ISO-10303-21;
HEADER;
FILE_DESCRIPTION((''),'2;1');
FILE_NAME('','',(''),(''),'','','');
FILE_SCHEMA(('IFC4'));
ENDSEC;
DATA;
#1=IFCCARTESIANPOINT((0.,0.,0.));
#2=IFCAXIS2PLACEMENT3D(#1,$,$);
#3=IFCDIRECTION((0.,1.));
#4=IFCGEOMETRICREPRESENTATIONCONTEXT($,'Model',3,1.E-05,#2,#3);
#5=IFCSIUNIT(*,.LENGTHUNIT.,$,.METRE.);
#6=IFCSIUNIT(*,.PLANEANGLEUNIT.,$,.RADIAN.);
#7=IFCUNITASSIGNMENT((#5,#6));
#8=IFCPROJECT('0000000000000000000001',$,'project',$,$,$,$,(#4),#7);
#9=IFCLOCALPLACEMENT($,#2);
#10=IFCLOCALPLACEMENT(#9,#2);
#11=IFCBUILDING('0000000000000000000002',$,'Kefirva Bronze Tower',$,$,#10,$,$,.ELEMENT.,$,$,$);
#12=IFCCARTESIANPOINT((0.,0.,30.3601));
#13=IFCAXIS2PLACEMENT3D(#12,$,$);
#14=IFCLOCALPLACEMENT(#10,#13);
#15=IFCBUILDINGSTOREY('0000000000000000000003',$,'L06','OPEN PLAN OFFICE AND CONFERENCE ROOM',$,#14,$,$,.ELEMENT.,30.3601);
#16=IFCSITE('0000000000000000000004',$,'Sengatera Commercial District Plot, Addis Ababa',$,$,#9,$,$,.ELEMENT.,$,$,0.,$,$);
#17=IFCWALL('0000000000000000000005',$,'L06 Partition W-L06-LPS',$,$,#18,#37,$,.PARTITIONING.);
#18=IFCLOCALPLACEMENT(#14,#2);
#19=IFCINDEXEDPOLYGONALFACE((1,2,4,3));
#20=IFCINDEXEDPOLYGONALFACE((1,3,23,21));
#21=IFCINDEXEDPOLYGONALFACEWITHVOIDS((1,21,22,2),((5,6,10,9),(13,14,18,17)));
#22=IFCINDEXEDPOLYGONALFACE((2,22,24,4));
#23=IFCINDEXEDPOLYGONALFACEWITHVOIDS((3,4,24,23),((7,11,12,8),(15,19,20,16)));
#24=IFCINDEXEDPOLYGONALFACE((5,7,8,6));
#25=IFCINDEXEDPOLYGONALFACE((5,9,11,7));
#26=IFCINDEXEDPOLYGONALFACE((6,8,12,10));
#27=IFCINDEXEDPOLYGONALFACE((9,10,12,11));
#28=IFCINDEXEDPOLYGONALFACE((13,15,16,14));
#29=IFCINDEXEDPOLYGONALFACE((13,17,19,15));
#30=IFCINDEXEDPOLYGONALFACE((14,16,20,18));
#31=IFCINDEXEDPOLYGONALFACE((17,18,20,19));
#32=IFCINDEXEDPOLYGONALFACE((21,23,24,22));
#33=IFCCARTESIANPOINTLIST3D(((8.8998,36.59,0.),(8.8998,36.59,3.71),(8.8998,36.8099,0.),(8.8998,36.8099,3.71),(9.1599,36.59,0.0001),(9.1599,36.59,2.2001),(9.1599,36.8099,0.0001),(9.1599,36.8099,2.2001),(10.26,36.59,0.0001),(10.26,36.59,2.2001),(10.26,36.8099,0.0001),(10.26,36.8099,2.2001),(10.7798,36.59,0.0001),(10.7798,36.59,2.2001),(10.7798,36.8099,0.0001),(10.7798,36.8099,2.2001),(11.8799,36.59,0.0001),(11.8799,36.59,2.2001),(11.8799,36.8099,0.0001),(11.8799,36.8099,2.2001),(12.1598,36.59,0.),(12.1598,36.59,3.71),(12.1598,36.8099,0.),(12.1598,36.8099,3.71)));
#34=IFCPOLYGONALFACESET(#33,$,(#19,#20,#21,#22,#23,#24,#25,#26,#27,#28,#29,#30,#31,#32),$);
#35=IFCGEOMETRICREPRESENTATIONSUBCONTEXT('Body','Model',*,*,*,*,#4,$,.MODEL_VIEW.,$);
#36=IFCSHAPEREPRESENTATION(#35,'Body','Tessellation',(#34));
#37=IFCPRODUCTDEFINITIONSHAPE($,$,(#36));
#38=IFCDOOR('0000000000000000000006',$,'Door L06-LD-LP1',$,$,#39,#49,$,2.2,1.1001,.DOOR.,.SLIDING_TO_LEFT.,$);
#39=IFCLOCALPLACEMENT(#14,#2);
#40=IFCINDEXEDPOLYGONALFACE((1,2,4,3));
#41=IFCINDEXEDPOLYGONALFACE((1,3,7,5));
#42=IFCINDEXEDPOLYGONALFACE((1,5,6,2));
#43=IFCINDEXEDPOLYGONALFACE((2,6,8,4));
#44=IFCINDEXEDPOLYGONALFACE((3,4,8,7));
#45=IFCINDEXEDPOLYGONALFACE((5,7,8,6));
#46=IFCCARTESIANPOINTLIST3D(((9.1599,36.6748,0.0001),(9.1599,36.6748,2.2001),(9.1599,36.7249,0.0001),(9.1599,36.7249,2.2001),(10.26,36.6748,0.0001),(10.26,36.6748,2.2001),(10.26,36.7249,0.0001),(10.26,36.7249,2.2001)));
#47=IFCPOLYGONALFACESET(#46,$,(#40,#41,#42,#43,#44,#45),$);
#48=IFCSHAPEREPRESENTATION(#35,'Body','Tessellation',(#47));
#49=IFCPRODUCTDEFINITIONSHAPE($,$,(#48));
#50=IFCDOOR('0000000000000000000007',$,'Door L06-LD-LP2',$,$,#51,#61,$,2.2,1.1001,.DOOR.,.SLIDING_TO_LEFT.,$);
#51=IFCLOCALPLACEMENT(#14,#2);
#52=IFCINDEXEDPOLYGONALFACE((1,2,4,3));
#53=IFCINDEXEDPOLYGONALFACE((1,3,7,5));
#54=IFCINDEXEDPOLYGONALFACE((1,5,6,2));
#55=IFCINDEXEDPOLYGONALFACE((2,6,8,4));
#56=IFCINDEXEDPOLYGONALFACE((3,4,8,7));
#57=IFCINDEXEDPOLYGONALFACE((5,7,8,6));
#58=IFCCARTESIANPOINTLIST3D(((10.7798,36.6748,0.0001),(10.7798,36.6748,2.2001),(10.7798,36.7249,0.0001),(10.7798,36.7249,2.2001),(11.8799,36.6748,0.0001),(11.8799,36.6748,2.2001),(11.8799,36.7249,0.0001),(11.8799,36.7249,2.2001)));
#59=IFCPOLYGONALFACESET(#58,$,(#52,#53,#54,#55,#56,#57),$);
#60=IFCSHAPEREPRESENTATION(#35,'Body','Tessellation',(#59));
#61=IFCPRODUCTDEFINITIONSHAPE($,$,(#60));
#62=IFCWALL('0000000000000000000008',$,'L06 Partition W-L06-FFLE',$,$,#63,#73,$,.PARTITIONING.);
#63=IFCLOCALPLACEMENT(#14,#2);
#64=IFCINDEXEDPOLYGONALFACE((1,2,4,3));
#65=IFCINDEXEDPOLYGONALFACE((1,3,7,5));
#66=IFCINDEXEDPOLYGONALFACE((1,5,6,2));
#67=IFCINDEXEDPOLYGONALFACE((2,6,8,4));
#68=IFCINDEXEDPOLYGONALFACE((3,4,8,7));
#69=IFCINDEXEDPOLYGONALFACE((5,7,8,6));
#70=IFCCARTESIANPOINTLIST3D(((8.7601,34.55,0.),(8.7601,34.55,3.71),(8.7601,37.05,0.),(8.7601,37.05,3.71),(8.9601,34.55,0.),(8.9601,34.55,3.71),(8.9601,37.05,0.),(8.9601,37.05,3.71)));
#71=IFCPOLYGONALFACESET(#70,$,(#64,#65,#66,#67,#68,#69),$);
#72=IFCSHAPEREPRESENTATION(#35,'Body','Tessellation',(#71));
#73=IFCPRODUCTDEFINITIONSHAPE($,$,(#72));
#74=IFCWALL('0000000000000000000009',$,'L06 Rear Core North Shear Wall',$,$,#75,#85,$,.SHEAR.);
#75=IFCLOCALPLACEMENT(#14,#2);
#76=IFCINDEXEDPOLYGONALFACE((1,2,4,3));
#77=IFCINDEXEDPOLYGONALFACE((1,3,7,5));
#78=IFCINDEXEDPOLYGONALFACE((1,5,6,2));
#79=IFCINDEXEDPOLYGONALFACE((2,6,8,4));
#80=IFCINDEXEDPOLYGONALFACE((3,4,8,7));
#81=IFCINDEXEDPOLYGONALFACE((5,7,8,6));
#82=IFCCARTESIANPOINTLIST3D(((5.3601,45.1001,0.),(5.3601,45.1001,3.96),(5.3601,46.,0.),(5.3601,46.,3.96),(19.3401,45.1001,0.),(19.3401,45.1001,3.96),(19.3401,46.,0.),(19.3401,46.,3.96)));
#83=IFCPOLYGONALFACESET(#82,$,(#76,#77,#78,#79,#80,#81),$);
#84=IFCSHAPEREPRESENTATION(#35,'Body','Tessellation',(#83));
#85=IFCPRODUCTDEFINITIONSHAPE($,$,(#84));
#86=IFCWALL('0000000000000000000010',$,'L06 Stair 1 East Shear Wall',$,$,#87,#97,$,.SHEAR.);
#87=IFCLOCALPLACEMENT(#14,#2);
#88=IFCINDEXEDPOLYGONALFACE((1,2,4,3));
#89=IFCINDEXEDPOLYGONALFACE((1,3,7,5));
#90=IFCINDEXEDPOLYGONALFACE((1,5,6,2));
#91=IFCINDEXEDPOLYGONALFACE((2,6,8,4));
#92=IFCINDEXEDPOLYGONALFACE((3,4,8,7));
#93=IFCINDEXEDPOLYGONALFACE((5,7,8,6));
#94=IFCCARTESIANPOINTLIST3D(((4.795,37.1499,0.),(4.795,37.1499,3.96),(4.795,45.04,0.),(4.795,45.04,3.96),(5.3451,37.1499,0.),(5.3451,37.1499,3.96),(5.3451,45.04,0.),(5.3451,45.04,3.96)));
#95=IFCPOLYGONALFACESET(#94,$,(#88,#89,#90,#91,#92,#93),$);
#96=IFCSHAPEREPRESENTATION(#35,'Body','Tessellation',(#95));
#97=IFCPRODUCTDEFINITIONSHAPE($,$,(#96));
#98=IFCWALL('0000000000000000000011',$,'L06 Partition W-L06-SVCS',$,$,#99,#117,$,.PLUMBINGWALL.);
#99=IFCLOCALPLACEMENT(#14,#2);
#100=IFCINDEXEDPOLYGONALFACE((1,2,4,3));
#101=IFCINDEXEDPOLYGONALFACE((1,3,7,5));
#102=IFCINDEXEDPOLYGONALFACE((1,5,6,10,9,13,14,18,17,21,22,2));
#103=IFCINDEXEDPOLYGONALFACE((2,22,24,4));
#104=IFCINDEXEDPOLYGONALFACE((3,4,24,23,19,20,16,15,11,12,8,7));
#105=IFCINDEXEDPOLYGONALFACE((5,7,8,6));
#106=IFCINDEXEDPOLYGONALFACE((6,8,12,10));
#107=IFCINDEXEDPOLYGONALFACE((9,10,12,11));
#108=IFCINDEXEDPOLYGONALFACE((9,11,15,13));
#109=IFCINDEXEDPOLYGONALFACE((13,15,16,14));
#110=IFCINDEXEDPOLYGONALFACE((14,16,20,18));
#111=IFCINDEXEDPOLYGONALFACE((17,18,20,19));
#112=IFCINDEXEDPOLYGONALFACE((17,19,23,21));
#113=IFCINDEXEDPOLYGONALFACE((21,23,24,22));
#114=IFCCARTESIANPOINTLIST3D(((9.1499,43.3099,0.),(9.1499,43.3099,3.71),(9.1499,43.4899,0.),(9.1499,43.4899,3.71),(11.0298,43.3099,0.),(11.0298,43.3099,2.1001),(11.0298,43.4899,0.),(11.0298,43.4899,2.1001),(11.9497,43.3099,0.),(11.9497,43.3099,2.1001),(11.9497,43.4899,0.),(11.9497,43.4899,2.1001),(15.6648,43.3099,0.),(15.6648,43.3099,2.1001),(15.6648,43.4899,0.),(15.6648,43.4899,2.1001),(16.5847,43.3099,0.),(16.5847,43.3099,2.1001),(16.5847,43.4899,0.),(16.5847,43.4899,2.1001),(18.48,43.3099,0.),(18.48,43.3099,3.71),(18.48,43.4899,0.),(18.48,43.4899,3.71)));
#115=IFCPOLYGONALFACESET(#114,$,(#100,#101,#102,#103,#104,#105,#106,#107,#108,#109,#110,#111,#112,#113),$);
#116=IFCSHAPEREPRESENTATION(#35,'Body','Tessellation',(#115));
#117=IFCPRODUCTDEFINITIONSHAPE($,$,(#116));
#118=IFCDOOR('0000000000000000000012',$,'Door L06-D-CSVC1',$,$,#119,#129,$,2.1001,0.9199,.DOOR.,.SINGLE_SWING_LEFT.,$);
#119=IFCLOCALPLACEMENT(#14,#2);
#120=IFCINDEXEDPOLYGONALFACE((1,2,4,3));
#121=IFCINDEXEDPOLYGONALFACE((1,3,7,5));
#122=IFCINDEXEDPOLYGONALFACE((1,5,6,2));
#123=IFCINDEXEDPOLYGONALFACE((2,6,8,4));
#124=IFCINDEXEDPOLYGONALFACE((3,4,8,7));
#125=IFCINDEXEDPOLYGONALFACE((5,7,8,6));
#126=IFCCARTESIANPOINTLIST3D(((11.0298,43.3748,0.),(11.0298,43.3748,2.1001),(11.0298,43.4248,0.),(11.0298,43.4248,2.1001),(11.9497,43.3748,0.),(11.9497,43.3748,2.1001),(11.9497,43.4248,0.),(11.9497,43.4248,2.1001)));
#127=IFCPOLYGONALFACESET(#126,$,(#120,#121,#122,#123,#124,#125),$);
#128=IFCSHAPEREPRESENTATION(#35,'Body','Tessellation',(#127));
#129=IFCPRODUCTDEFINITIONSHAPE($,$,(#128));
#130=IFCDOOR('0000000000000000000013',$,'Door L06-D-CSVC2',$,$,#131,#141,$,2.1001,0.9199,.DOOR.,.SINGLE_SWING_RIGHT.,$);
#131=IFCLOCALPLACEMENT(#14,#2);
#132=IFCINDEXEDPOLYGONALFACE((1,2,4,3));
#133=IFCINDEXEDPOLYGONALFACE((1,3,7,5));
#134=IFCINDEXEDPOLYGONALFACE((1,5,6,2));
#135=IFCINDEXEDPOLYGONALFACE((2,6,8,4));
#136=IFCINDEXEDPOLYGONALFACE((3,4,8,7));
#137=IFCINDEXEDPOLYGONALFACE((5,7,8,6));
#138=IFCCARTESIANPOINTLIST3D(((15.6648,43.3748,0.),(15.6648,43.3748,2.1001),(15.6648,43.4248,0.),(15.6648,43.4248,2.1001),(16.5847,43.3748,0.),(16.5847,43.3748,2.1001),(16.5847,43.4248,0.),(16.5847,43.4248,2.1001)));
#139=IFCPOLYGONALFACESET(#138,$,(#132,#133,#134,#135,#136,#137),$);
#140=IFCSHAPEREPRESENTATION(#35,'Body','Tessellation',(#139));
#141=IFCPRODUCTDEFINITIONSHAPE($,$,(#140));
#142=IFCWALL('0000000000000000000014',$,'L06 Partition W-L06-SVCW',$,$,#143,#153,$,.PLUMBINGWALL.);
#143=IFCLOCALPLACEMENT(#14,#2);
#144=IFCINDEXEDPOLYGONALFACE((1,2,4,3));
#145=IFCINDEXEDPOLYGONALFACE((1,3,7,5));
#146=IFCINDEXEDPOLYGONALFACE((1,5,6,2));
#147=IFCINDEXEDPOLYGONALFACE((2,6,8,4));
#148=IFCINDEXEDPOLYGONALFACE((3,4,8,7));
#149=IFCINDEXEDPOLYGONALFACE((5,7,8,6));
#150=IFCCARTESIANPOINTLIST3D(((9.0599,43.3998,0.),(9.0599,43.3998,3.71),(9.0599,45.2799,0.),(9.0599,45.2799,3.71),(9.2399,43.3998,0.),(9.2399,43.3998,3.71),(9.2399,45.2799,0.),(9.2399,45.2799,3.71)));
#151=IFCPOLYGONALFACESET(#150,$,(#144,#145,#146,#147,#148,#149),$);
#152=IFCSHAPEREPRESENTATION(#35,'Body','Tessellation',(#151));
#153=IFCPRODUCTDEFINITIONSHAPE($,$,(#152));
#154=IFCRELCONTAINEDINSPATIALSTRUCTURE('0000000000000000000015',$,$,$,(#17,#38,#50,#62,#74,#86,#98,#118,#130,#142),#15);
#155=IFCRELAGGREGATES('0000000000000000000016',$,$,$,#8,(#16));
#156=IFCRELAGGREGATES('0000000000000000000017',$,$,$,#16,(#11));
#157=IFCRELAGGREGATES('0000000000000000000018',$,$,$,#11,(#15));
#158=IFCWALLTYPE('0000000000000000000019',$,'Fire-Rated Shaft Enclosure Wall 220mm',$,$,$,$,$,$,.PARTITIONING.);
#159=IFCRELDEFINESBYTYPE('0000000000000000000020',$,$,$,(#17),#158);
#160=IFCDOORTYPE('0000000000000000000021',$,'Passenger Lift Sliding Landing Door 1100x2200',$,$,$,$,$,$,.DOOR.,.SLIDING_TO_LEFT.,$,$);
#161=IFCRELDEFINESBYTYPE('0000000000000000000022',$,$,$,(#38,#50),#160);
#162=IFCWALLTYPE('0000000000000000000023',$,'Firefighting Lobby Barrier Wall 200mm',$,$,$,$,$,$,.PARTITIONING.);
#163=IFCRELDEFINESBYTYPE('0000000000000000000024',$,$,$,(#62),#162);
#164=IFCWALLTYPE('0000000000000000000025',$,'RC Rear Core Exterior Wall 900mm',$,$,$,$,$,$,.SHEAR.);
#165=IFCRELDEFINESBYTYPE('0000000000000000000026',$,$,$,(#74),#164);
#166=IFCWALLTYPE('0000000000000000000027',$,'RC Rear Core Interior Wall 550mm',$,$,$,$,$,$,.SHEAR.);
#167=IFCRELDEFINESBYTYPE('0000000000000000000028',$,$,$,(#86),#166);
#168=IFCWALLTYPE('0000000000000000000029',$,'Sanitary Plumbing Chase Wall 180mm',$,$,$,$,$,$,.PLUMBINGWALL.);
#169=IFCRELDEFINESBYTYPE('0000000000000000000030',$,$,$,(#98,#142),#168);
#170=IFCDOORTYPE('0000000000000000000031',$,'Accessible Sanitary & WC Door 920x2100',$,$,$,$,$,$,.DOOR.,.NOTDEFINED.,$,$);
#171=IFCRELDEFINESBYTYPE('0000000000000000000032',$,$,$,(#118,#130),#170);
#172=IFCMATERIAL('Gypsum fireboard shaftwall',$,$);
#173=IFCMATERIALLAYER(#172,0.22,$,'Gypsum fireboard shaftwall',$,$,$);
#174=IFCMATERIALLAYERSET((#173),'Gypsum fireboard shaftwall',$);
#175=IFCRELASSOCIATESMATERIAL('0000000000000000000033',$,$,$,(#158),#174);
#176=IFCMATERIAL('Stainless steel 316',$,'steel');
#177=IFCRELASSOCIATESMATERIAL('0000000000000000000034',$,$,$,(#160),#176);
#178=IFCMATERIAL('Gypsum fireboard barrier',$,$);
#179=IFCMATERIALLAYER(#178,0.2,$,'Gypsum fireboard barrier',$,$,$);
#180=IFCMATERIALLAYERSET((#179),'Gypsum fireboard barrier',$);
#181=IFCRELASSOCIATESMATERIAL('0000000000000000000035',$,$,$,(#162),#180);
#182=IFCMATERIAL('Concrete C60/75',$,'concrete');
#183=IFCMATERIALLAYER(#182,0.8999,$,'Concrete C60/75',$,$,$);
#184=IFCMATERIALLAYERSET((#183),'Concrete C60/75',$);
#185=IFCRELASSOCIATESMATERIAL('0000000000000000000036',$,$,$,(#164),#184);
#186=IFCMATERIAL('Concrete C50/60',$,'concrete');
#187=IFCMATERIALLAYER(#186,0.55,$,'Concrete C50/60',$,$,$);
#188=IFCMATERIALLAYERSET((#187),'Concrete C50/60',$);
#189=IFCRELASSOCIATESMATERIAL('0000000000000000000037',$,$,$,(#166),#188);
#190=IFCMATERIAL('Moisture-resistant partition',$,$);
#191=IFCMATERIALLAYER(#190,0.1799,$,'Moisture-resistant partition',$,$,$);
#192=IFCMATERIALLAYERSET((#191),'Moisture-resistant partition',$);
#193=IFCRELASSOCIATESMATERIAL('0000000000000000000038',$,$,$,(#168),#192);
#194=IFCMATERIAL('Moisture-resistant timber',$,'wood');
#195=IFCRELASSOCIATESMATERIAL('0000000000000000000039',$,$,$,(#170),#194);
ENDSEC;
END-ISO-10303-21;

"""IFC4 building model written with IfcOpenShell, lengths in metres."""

from ifc_helpers import new_model, si_unit, direction, frame, frame_2d, origin, place, context, subcontext, project, spatial, rectangle, extrude, material, layer, layer_set, type_object, element, fill, save


model = new_model("IFC4")

# Units and contexts
model_context = context("Model", 3, precision=1e-05, world=origin(), true_north=direction((0.0, 1.0)))
body_context = subcontext(model_context, "Body", "Model", "MODEL_VIEW")
ifc_project = project(units=[si_unit("LENGTHUNIT", "METRE"), si_unit("PLANEANGLEUNIT", "RADIAN")], contexts=[model_context])

# Site, building, storey
site_placement = place(None, origin())
site = spatial("IfcSite", under=ifc_project, at=site_placement, Name="Sengatera Commercial District Plot, Addis Ababa", CompositionType="ELEMENT", RefElevation=0.0)
building_placement = place(site_placement, origin())
building = spatial("IfcBuilding", under=site, at=building_placement, Name="Kefirva Bronze Tower", CompositionType="ELEMENT")
storey_placement = place(building_placement, frame((0.0, 0.0, 30.3601)))
storey = spatial("IfcBuildingStorey", under=building, at=storey_placement, Name="L06", Description="OPEN PLAN OFFICE AND CONFERENCE ROOM", CompositionType="ELEMENT", Elevation=30.3601)

# Shared definitions
ifc_material_1 = material(Name="Gypsum fireboard shaftwall")
ifc_layer_1 = layer(ifc_material_1, 0.22, Name="Gypsum fireboard shaftwall")
ifc_layer_set_1 = layer_set([ifc_layer_1], Name="Gypsum fireboard shaftwall")
wall_type_1 = type_object("IfcWallType", Name="Fire-Rated Shaft Enclosure Wall 220mm", PredefinedType="PARTITIONING", material=ifc_layer_set_1)
ifc_material_2 = material(Name="Stainless steel 316", Category="steel")

# Wall, openings, doors
wall_1_placement = place(storey_placement, frame((8.8999, 36.7, 0.0), z_axis=(0.0, 0.0, 1.0), x_axis=(1.0, 0.0, 0.0)))
wall_1 = element("IfcWall", 1, at=wall_1_placement, inside=storey, type_object=wall_type_1, Name="L06 Partition W-L06-LPS", PredefinedType="PARTITIONING", context=body_context, shape_type="SweptSolid", body=[
    extrude(rectangle(XDim=3.26, YDim=0.22, at=frame_2d((1.6299, 0.0))), origin(), (0.0, 0.0, 1.0), 3.71),
])
opening_1_placement = place(wall_1_placement, frame((0.26, 0.0, 0.0)))
opening_1 = element("IfcOpeningElement", 2, at=opening_1_placement, cuts=wall_1, PredefinedType="OPENING", context=body_context, shape_type="SweptSolid", body=[
    extrude(rectangle(XDim=1.1001, YDim=2.2, at=frame_2d((0.55, 1.1001))), frame((0.0, 0.1201, 0.0), z_axis=(0.0, -1.0, 0.0), x_axis=(1.0, 0.0, 0.0)), (0.0, 0.0, 1.0), 0.24),
])
opening_2_placement = place(wall_1_placement, frame((1.8799, 0.0, 0.0)))
opening_2 = element("IfcOpeningElement", 3, at=opening_2_placement, cuts=wall_1, PredefinedType="OPENING", context=body_context, shape_type="SweptSolid", body=[
    extrude(rectangle(XDim=1.1001, YDim=2.2, at=frame_2d((0.55, 1.1001))), frame((0.0, 0.1201, 0.0), z_axis=(0.0, -1.0, 0.0), x_axis=(1.0, 0.0, 0.0)), (0.0, 0.0, 1.0), 0.24),
])
door_type_1 = type_object("IfcDoorType", Name="Passenger Lift Sliding Landing Door 1100x2200", OperationType="SLIDING_TO_LEFT", PredefinedType="DOOR", material=ifc_material_2)
door_1_placement = place(opening_1_placement, origin())
door_1 = element("IfcDoor", 4, at=door_1_placement, inside=storey, type_object=door_type_1, Name="Door L06-LD-LP1", OperationType="SLIDING_TO_LEFT", OverallHeight=2.2, OverallWidth=1.1001, PredefinedType="DOOR", context=body_context, shape_type="SweptSolid", body=[
    extrude(rectangle(XDim=1.1001, YDim=2.2, at=frame_2d((0.55, 1.1001))), frame((0.0, 0.0249, 0.0), z_axis=(0.0, -1.0, 0.0), x_axis=(1.0, 0.0, 0.0)), (0.0, 0.0, 1.0), 0.05),
])
fill(opening_1, door_1)
door_2_placement = place(opening_2_placement, origin())
door_2 = element("IfcDoor", 5, at=door_2_placement, inside=storey, type_object=door_type_1, Name="Door L06-LD-LP2", OperationType="SLIDING_TO_LEFT", OverallHeight=2.2, OverallWidth=1.1001, PredefinedType="DOOR", context=body_context, shape_type="SweptSolid", body=[
    extrude(rectangle(XDim=1.1001, YDim=2.2, at=frame_2d((0.55, 1.1001))), frame((0.0, 0.0249, 0.0), z_axis=(0.0, -1.0, 0.0), x_axis=(1.0, 0.0, 0.0)), (0.0, 0.0, 1.0), 0.05),
])
fill(opening_2, door_2)

# Walls
ifc_material_3 = material(Name="Gypsum fireboard barrier")
ifc_layer_2 = layer(ifc_material_3, 0.2, Name="Gypsum fireboard barrier")
ifc_layer_set_2 = layer_set([ifc_layer_2], Name="Gypsum fireboard barrier")
wall_type_2 = type_object("IfcWallType", Name="Firefighting Lobby Barrier Wall 200mm", PredefinedType="PARTITIONING", material=ifc_layer_set_2)
wall_2_placement = place(storey_placement, frame((8.8601, 34.55, 0.0), z_axis=(0.0, 0.0, 1.0), x_axis=(0.0, 1.0, 0.0)))
element("IfcWall", 6, at=wall_2_placement, inside=storey, type_object=wall_type_2, Name="L06 Partition W-L06-FFLE", PredefinedType="PARTITIONING", context=body_context, shape_type="SweptSolid", body=[
    extrude(rectangle(XDim=2.5, YDim=0.2, at=frame_2d((1.25, 0.0))), origin(), (0.0, 0.0, 1.0), 3.71),
])
ifc_material_4 = material(Name="Concrete C60/75", Category="concrete")
ifc_layer_3 = layer(ifc_material_4, 0.8999, Name="Concrete C60/75")
ifc_layer_set_3 = layer_set([ifc_layer_3], Name="Concrete C60/75")
wall_type_3 = type_object("IfcWallType", Name="RC Rear Core Exterior Wall 900mm", PredefinedType="SHEAR", material=ifc_layer_set_3)
wall_3_placement = place(storey_placement, frame((5.3601, 45.55, 0.0), z_axis=(0.0, 0.0, 1.0), x_axis=(1.0, 0.0, 0.0)))
element("IfcWall", 7, at=wall_3_placement, inside=storey, type_object=wall_type_3, Name="L06 Rear Core North Shear Wall", PredefinedType="SHEAR", context=body_context, shape_type="SweptSolid", body=[
    extrude(rectangle(XDim=13.98, YDim=0.8999, at=frame_2d((6.99, 0.0))), origin(), (0.0, 0.0, 1.0), 3.96),
])
ifc_material_5 = material(Name="Concrete C50/60", Category="concrete")
ifc_layer_4 = layer(ifc_material_5, 0.55, Name="Concrete C50/60")
ifc_layer_set_4 = layer_set([ifc_layer_4], Name="Concrete C50/60")
wall_type_4 = type_object("IfcWallType", Name="RC Rear Core Interior Wall 550mm", PredefinedType="SHEAR", material=ifc_layer_set_4)
wall_4_placement = place(storey_placement, frame((5.0701, 37.1499, 0.0), z_axis=(0.0, 0.0, 1.0), x_axis=(0.0, 1.0, 0.0)))
element("IfcWall", 8, at=wall_4_placement, inside=storey, type_object=wall_type_4, Name="L06 Stair 1 East Shear Wall", PredefinedType="SHEAR", context=body_context, shape_type="SweptSolid", body=[
    extrude(rectangle(XDim=7.8901, YDim=0.55, at=frame_2d((3.9451, 0.0))), origin(), (0.0, 0.0, 1.0), 3.96),
])

# Wall, openings, doors
ifc_material_6 = material(Name="Moisture-resistant partition")
ifc_layer_5 = layer(ifc_material_6, 0.1799, Name="Moisture-resistant partition")
ifc_layer_set_5 = layer_set([ifc_layer_5], Name="Moisture-resistant partition")
wall_type_5 = type_object("IfcWallType", Name="Sanitary Plumbing Chase Wall 180mm", PredefinedType="PLUMBINGWALL", material=ifc_layer_set_5)
wall_5_placement = place(storey_placement, frame((9.1499, 43.3999, 0.0), z_axis=(0.0, 0.0, 1.0), x_axis=(1.0, 0.0, 0.0)))
wall_5 = element("IfcWall", 9, at=wall_5_placement, inside=storey, type_object=wall_type_5, Name="L06 Partition W-L06-SVCS", PredefinedType="PLUMBINGWALL", context=body_context, shape_type="SweptSolid", body=[
    extrude(rectangle(XDim=9.3301, YDim=0.1799, at=frame_2d((4.665, 0.0))), origin(), (0.0, 0.0, 1.0), 3.71),
])
opening_3_placement = place(wall_5_placement, frame((1.8799, 0.0, 0.0)))
opening_3 = element("IfcOpeningElement", 10, at=opening_3_placement, cuts=wall_5, PredefinedType="OPENING", context=body_context, shape_type="SweptSolid", body=[
    extrude(rectangle(XDim=0.9199, YDim=2.1001, at=frame_2d((0.46, 1.05))), frame((0.0, 0.1001, 0.0), z_axis=(0.0, -1.0, 0.0), x_axis=(1.0, 0.0, 0.0)), (0.0, 0.0, 1.0), 0.2),
])
opening_4_placement = place(wall_5_placement, frame((6.5149, 0.0, 0.0)))
opening_4 = element("IfcOpeningElement", 11, at=opening_4_placement, cuts=wall_5, PredefinedType="OPENING", context=body_context, shape_type="SweptSolid", body=[
    extrude(rectangle(XDim=0.9199, YDim=2.1001, at=frame_2d((0.46, 1.05))), frame((0.0, 0.1001, 0.0), z_axis=(0.0, -1.0, 0.0), x_axis=(1.0, 0.0, 0.0)), (0.0, 0.0, 1.0), 0.2),
])
ifc_material_7 = material(Name="Moisture-resistant timber", Category="wood")
door_type_2 = type_object("IfcDoorType", Name="Accessible Sanitary & WC Door 920x2100", OperationType="NOTDEFINED", PredefinedType="DOOR", material=ifc_material_7)
door_3_placement = place(opening_3_placement, origin())
door_3 = element("IfcDoor", 12, at=door_3_placement, inside=storey, type_object=door_type_2, Name="Door L06-D-CSVC1", OperationType="SINGLE_SWING_LEFT", OverallHeight=2.1001, OverallWidth=0.9199, PredefinedType="DOOR", context=body_context, shape_type="SweptSolid", body=[
    extrude(rectangle(XDim=0.9199, YDim=2.1001, at=frame_2d((0.46, 1.05))), frame((0.0, 0.0249, 0.0), z_axis=(0.0, -1.0, 0.0), x_axis=(1.0, 0.0, 0.0)), (0.0, 0.0, 1.0), 0.05),
])
fill(opening_3, door_3)
door_4_placement = place(opening_4_placement, origin())
door_4 = element("IfcDoor", 13, at=door_4_placement, inside=storey, type_object=door_type_2, Name="Door L06-D-CSVC2", OperationType="SINGLE_SWING_RIGHT", OverallHeight=2.1001, OverallWidth=0.9199, PredefinedType="DOOR", context=body_context, shape_type="SweptSolid", body=[
    extrude(rectangle(XDim=0.9199, YDim=2.1001, at=frame_2d((0.46, 1.05))), frame((0.0, 0.0249, 0.0), z_axis=(0.0, -1.0, 0.0), x_axis=(1.0, 0.0, 0.0)), (0.0, 0.0, 1.0), 0.05),
])
fill(opening_4, door_4)

# Wall
wall_6_placement = place(storey_placement, frame((9.1499, 43.3999, 0.0), z_axis=(0.0, 0.0, 1.0), x_axis=(0.0, 1.0, 0.0)))
element("IfcWall", 14, at=wall_6_placement, inside=storey, type_object=wall_type_5, Name="L06 Partition W-L06-SVCW", PredefinedType="PLUMBINGWALL", context=body_context, shape_type="SweptSolid", body=[
    extrude(rectangle(XDim=1.8801, YDim=0.1799, at=frame_2d((0.9399, 0.0))), origin(), (0.0, 0.0, 1.0), 3.71),
])

save(model, "model.ifc")
